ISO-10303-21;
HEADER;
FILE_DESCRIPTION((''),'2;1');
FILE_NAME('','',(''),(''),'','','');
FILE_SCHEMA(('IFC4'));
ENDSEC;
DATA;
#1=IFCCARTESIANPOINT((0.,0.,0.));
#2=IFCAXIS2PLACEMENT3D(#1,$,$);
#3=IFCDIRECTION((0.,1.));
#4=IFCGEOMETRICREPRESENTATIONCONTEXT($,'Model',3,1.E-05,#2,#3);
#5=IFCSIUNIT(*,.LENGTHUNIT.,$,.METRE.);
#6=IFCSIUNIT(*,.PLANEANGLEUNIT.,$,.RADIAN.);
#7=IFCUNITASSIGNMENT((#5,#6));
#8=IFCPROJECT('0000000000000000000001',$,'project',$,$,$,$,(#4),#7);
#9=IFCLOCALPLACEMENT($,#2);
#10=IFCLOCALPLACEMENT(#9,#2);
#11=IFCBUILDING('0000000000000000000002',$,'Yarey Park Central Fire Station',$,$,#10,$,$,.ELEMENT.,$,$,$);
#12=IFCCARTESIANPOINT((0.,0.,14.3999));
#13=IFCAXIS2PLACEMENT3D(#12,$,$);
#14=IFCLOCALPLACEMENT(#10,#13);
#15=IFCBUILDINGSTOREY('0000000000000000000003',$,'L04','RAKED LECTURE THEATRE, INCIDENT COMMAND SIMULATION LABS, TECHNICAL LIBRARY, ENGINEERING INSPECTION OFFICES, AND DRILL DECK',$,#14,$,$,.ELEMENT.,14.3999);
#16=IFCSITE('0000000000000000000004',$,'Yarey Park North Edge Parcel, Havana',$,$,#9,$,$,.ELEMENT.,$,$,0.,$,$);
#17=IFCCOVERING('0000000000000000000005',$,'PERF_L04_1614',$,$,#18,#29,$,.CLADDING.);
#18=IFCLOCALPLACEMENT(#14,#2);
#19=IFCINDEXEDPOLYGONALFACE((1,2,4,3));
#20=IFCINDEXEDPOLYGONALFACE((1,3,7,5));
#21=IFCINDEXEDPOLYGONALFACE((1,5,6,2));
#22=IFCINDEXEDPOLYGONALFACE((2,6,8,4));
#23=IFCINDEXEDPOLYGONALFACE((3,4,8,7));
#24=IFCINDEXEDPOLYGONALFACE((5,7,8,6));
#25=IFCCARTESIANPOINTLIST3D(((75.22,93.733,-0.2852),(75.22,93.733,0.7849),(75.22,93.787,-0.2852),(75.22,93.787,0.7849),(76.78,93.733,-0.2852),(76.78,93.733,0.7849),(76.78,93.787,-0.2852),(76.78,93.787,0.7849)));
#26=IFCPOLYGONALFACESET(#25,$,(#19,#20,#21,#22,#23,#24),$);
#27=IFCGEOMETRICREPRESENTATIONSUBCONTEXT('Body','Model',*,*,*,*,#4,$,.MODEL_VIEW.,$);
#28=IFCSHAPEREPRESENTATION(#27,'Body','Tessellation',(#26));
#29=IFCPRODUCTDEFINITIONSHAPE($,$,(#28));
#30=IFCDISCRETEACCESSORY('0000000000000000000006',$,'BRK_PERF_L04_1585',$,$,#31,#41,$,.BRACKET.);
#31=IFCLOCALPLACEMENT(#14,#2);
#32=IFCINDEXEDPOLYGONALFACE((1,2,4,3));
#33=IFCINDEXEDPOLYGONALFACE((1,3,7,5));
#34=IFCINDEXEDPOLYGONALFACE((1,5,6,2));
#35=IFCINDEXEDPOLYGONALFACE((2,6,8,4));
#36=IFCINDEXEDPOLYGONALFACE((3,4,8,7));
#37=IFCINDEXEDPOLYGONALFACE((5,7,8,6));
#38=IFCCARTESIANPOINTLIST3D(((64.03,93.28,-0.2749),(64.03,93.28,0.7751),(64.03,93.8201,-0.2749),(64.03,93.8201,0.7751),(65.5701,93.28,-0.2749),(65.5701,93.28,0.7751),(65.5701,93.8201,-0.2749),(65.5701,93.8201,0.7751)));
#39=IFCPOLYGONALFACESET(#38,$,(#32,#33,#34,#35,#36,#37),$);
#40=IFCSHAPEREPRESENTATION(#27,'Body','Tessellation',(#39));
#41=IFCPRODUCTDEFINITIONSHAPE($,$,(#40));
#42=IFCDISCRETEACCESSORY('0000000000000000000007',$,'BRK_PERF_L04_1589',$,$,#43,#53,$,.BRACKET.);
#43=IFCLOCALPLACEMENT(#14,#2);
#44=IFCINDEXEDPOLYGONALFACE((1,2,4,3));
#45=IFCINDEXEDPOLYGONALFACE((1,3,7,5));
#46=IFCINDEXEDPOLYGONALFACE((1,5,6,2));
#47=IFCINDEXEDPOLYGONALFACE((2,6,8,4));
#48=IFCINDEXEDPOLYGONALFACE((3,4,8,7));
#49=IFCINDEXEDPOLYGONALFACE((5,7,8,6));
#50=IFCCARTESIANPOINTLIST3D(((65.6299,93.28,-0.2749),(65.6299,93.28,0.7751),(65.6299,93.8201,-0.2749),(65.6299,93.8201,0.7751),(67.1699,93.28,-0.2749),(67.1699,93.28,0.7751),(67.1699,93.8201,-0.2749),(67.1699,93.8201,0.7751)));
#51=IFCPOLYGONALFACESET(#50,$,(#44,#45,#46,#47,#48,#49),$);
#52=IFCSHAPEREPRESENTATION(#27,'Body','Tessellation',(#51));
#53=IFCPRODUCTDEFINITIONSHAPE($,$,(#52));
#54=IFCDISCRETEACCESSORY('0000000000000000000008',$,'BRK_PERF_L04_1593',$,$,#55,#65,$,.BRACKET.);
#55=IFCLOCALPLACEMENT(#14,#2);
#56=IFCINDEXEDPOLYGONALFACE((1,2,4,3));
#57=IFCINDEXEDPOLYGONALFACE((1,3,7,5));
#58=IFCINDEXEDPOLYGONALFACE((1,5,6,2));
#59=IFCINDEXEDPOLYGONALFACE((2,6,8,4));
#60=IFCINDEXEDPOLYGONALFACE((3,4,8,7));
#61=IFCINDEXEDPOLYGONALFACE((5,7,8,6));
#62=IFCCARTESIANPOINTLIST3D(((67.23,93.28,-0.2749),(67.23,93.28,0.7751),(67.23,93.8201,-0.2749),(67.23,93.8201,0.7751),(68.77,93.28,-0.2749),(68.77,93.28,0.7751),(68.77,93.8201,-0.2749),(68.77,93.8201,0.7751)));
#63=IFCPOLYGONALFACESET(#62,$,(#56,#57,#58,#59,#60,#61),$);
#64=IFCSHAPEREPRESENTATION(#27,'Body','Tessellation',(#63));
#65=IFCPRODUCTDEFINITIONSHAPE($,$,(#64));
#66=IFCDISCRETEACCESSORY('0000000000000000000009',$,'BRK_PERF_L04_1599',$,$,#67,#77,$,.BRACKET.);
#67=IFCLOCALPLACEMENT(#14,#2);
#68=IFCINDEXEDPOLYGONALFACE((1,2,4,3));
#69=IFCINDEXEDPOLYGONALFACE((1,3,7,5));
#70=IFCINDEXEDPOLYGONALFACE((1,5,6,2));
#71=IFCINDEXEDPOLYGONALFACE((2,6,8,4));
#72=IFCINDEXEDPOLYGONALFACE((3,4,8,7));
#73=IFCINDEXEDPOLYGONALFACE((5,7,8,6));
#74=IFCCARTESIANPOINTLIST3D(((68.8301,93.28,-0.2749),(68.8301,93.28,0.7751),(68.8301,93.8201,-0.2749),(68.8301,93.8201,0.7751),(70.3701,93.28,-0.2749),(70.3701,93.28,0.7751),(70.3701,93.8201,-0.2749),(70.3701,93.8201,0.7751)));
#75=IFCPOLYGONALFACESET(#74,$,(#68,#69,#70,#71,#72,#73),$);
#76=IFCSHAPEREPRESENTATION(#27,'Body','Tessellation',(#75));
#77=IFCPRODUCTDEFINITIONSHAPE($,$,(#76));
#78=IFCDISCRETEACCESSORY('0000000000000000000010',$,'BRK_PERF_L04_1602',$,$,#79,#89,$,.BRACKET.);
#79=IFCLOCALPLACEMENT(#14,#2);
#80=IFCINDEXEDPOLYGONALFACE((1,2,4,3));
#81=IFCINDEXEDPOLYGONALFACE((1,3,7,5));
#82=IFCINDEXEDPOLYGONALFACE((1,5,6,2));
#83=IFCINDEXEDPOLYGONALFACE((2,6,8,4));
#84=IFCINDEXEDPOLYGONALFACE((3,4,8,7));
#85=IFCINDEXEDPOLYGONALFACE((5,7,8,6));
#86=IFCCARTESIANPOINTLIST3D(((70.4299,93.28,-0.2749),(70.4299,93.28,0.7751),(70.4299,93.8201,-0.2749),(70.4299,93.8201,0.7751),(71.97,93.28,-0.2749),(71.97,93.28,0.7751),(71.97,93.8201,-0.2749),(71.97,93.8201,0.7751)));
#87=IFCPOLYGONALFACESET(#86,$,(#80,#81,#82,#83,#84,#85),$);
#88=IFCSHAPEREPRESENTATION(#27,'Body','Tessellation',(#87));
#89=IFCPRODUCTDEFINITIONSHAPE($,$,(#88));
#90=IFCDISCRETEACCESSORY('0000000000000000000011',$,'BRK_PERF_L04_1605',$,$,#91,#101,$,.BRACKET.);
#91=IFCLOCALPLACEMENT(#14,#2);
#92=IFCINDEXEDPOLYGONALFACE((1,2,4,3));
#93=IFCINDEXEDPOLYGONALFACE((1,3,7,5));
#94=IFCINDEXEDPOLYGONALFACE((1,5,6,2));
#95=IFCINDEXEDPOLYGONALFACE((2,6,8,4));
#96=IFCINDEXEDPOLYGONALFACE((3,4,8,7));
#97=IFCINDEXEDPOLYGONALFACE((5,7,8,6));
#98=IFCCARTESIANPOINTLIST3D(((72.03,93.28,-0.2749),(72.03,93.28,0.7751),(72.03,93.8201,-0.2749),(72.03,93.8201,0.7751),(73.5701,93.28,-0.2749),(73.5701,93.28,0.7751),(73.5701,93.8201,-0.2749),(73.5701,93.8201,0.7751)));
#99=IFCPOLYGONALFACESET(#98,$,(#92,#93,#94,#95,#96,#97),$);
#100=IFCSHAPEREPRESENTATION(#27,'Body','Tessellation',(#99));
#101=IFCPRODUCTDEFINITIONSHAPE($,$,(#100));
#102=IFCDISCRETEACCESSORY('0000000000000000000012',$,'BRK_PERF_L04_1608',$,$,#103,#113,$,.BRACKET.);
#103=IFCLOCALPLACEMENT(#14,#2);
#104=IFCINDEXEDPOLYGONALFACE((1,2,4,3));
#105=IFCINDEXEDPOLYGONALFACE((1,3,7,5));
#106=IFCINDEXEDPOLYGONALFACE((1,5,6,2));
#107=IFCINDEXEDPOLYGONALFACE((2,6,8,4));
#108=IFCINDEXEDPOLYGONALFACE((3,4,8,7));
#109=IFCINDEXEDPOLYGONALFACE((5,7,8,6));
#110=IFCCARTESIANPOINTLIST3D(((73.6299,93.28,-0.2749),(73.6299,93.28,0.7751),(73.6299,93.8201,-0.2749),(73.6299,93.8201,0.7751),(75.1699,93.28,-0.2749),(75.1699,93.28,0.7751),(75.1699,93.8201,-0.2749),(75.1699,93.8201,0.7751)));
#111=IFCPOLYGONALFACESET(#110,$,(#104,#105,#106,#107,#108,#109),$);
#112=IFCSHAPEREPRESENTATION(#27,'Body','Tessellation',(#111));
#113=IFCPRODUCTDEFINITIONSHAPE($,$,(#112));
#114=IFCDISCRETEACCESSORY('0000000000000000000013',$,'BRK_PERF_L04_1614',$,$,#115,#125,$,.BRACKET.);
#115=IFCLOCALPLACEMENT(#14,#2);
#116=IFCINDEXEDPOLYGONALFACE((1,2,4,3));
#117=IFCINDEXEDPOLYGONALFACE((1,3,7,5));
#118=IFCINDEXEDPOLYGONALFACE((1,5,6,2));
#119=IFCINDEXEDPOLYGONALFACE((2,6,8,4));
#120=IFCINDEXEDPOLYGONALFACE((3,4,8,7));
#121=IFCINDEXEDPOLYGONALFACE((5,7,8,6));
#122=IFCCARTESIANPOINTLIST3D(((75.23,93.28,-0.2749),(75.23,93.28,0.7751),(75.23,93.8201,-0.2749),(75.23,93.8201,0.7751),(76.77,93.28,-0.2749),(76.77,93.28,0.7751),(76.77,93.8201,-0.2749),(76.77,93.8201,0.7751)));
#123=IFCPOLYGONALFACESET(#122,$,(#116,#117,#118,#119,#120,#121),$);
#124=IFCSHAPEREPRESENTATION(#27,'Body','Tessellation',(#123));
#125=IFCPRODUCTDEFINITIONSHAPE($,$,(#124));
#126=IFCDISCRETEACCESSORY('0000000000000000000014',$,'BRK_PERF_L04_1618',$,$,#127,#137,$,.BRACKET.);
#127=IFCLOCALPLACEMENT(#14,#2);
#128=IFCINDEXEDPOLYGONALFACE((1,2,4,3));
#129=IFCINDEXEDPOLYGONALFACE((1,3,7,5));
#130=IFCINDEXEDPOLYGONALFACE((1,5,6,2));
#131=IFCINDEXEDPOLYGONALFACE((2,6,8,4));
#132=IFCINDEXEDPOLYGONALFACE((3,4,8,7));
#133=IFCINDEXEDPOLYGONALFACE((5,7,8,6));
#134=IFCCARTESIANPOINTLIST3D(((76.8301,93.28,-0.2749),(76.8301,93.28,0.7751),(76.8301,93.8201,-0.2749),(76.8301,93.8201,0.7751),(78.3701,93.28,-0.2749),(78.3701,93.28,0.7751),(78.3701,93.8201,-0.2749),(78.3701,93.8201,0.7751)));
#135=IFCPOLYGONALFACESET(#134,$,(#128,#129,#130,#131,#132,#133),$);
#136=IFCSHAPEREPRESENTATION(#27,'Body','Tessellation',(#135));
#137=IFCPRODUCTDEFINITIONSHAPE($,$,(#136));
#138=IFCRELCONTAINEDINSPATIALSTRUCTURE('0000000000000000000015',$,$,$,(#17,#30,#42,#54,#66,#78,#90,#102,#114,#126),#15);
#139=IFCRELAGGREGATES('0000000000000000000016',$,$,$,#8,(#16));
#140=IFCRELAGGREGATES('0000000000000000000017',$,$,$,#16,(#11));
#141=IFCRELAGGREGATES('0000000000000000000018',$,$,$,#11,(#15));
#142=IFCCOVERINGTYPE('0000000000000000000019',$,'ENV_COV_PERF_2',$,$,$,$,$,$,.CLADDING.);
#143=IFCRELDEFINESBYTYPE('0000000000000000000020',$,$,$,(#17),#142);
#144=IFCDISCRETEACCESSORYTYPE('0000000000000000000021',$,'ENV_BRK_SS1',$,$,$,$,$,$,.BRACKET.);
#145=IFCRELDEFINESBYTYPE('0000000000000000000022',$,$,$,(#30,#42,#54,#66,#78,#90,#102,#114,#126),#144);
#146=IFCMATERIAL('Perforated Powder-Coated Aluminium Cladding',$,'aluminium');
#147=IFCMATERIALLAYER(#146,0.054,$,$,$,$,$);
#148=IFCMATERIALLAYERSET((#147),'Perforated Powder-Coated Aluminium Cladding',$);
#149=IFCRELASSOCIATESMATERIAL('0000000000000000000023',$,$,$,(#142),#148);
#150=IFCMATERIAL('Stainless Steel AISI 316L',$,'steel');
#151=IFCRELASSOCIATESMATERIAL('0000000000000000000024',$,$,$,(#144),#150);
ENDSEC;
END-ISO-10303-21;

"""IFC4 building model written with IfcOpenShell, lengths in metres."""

from ifc_helpers import new_model, si_unit, direction, frame, origin, origin_2d, place, context, subcontext, project, spatial, rectangle, extrude, material, layer, layer_set, type_object, element, save


model = new_model("IFC4")

# Units and contexts
model_context = context("Model", 3, precision=1e-05, world=origin(), true_north=direction((0.0, 1.0)))
body_context = subcontext(model_context, "Body", "Model", "MODEL_VIEW")
ifc_project = project(units=[si_unit("LENGTHUNIT", "METRE"), si_unit("PLANEANGLEUNIT", "RADIAN")], contexts=[model_context])

# Site, building, storey
site_placement = place(None, origin())
site = spatial("IfcSite", under=ifc_project, at=site_placement, Name="Yarey Park North Edge Parcel, Havana", CompositionType="ELEMENT", RefElevation=0.0)
building_placement = place(site_placement, origin())
building = spatial("IfcBuilding", under=site, at=building_placement, Name="Yarey Park Central Fire Station", CompositionType="ELEMENT")
storey_placement = place(building_placement, frame((0.0, 0.0, 14.3999)))
storey = spatial("IfcBuildingStorey", under=building, at=storey_placement, Name="L04", Description="RAKED LECTURE THEATRE, INCIDENT COMMAND SIMULATION LABS, TECHNICAL LIBRARY, ENGINEERING INSPECTION OFFICES, AND DRILL DECK", CompositionType="ELEMENT", Elevation=14.3999)

# Covering
ifc_material_1 = material(Name="Perforated Powder-Coated Aluminium Cladding", Category="aluminium")
ifc_layer_1 = layer(ifc_material_1, 0.054)
ifc_layer_set_1 = layer_set([ifc_layer_1], Name="Perforated Powder-Coated Aluminium Cladding")
covering_type_1 = type_object("IfcCoveringType", Name="ENV_COV_PERF_2", PredefinedType="CLADDING", material=ifc_layer_set_1)
for number, where, z_axis, x_axis, name in (
    (1, (76.0, 93.76, -0.2852), (0.0, 0.0, 1.0), (1.0, 0.0, 0.0), "PERF_L04_1614"),
):
    element("IfcCovering", number, at=place(storey_placement, frame(where, z_axis=z_axis, x_axis=x_axis)), inside=storey, type_object=covering_type_1, Name=name, PredefinedType="CLADDING", context=body_context, shape_type="SweptSolid", body=[
        extrude(rectangle(XDim=1.5601, YDim=0.054, at=origin_2d()), origin(), (0.0, 0.0, 1.0), 1.0701),
    ])

# Discrete accessories
ifc_material_2 = material(Name="Stainless Steel AISI 316L", Category="steel")
discrete_accessory_type = type_object("IfcDiscreteAccessoryType", Name="ENV_BRK_SS1", PredefinedType="BRACKET", material=ifc_material_2)
for number, where, z_axis, x_axis, name in (
    (2, (64.8, 93.55, -0.2749), (0.0, 0.0, 1.0), (1.0, 0.0, 0.0), "BRK_PERF_L04_1585"),
    (3, (66.3999, 93.55, -0.2749), (0.0, 0.0, 1.0), (1.0, 0.0, 0.0), "BRK_PERF_L04_1589"),
    (4, (68.0, 93.55, -0.2749), (0.0, 0.0, 1.0), (1.0, 0.0, 0.0), "BRK_PERF_L04_1593"),
    (5, (69.6001, 93.55, -0.2749), (0.0, 0.0, 1.0), (1.0, 0.0, 0.0), "BRK_PERF_L04_1599"),
    (6, (71.2, 93.55, -0.2749), (0.0, 0.0, 1.0), (1.0, 0.0, 0.0), "BRK_PERF_L04_1602"),
    (7, (72.8, 93.55, -0.2749), (0.0, 0.0, 1.0), (1.0, 0.0, 0.0), "BRK_PERF_L04_1605"),
    (8, (74.3999, 93.55, -0.2749), (0.0, 0.0, 1.0), (1.0, 0.0, 0.0), "BRK_PERF_L04_1608"),
    (9, (76.0, 93.55, -0.2749), (0.0, 0.0, 1.0), (1.0, 0.0, 0.0), "BRK_PERF_L04_1614"),
    (10, (77.6001, 93.55, -0.2749), (0.0, 0.0, 1.0), (1.0, 0.0, 0.0), "BRK_PERF_L04_1618"),
):
    element("IfcDiscreteAccessory", number, at=place(storey_placement, frame(where, z_axis=z_axis, x_axis=x_axis)), inside=storey, type_object=discrete_accessory_type, Name=name, PredefinedType="BRACKET", context=body_context, shape_type="SweptSolid", body=[
        extrude(rectangle(XDim=1.54, YDim=0.54, at=origin_2d()), origin(), (0.0, 0.0, 1.0), 1.05),
    ])

save(model, "model.ifc")
